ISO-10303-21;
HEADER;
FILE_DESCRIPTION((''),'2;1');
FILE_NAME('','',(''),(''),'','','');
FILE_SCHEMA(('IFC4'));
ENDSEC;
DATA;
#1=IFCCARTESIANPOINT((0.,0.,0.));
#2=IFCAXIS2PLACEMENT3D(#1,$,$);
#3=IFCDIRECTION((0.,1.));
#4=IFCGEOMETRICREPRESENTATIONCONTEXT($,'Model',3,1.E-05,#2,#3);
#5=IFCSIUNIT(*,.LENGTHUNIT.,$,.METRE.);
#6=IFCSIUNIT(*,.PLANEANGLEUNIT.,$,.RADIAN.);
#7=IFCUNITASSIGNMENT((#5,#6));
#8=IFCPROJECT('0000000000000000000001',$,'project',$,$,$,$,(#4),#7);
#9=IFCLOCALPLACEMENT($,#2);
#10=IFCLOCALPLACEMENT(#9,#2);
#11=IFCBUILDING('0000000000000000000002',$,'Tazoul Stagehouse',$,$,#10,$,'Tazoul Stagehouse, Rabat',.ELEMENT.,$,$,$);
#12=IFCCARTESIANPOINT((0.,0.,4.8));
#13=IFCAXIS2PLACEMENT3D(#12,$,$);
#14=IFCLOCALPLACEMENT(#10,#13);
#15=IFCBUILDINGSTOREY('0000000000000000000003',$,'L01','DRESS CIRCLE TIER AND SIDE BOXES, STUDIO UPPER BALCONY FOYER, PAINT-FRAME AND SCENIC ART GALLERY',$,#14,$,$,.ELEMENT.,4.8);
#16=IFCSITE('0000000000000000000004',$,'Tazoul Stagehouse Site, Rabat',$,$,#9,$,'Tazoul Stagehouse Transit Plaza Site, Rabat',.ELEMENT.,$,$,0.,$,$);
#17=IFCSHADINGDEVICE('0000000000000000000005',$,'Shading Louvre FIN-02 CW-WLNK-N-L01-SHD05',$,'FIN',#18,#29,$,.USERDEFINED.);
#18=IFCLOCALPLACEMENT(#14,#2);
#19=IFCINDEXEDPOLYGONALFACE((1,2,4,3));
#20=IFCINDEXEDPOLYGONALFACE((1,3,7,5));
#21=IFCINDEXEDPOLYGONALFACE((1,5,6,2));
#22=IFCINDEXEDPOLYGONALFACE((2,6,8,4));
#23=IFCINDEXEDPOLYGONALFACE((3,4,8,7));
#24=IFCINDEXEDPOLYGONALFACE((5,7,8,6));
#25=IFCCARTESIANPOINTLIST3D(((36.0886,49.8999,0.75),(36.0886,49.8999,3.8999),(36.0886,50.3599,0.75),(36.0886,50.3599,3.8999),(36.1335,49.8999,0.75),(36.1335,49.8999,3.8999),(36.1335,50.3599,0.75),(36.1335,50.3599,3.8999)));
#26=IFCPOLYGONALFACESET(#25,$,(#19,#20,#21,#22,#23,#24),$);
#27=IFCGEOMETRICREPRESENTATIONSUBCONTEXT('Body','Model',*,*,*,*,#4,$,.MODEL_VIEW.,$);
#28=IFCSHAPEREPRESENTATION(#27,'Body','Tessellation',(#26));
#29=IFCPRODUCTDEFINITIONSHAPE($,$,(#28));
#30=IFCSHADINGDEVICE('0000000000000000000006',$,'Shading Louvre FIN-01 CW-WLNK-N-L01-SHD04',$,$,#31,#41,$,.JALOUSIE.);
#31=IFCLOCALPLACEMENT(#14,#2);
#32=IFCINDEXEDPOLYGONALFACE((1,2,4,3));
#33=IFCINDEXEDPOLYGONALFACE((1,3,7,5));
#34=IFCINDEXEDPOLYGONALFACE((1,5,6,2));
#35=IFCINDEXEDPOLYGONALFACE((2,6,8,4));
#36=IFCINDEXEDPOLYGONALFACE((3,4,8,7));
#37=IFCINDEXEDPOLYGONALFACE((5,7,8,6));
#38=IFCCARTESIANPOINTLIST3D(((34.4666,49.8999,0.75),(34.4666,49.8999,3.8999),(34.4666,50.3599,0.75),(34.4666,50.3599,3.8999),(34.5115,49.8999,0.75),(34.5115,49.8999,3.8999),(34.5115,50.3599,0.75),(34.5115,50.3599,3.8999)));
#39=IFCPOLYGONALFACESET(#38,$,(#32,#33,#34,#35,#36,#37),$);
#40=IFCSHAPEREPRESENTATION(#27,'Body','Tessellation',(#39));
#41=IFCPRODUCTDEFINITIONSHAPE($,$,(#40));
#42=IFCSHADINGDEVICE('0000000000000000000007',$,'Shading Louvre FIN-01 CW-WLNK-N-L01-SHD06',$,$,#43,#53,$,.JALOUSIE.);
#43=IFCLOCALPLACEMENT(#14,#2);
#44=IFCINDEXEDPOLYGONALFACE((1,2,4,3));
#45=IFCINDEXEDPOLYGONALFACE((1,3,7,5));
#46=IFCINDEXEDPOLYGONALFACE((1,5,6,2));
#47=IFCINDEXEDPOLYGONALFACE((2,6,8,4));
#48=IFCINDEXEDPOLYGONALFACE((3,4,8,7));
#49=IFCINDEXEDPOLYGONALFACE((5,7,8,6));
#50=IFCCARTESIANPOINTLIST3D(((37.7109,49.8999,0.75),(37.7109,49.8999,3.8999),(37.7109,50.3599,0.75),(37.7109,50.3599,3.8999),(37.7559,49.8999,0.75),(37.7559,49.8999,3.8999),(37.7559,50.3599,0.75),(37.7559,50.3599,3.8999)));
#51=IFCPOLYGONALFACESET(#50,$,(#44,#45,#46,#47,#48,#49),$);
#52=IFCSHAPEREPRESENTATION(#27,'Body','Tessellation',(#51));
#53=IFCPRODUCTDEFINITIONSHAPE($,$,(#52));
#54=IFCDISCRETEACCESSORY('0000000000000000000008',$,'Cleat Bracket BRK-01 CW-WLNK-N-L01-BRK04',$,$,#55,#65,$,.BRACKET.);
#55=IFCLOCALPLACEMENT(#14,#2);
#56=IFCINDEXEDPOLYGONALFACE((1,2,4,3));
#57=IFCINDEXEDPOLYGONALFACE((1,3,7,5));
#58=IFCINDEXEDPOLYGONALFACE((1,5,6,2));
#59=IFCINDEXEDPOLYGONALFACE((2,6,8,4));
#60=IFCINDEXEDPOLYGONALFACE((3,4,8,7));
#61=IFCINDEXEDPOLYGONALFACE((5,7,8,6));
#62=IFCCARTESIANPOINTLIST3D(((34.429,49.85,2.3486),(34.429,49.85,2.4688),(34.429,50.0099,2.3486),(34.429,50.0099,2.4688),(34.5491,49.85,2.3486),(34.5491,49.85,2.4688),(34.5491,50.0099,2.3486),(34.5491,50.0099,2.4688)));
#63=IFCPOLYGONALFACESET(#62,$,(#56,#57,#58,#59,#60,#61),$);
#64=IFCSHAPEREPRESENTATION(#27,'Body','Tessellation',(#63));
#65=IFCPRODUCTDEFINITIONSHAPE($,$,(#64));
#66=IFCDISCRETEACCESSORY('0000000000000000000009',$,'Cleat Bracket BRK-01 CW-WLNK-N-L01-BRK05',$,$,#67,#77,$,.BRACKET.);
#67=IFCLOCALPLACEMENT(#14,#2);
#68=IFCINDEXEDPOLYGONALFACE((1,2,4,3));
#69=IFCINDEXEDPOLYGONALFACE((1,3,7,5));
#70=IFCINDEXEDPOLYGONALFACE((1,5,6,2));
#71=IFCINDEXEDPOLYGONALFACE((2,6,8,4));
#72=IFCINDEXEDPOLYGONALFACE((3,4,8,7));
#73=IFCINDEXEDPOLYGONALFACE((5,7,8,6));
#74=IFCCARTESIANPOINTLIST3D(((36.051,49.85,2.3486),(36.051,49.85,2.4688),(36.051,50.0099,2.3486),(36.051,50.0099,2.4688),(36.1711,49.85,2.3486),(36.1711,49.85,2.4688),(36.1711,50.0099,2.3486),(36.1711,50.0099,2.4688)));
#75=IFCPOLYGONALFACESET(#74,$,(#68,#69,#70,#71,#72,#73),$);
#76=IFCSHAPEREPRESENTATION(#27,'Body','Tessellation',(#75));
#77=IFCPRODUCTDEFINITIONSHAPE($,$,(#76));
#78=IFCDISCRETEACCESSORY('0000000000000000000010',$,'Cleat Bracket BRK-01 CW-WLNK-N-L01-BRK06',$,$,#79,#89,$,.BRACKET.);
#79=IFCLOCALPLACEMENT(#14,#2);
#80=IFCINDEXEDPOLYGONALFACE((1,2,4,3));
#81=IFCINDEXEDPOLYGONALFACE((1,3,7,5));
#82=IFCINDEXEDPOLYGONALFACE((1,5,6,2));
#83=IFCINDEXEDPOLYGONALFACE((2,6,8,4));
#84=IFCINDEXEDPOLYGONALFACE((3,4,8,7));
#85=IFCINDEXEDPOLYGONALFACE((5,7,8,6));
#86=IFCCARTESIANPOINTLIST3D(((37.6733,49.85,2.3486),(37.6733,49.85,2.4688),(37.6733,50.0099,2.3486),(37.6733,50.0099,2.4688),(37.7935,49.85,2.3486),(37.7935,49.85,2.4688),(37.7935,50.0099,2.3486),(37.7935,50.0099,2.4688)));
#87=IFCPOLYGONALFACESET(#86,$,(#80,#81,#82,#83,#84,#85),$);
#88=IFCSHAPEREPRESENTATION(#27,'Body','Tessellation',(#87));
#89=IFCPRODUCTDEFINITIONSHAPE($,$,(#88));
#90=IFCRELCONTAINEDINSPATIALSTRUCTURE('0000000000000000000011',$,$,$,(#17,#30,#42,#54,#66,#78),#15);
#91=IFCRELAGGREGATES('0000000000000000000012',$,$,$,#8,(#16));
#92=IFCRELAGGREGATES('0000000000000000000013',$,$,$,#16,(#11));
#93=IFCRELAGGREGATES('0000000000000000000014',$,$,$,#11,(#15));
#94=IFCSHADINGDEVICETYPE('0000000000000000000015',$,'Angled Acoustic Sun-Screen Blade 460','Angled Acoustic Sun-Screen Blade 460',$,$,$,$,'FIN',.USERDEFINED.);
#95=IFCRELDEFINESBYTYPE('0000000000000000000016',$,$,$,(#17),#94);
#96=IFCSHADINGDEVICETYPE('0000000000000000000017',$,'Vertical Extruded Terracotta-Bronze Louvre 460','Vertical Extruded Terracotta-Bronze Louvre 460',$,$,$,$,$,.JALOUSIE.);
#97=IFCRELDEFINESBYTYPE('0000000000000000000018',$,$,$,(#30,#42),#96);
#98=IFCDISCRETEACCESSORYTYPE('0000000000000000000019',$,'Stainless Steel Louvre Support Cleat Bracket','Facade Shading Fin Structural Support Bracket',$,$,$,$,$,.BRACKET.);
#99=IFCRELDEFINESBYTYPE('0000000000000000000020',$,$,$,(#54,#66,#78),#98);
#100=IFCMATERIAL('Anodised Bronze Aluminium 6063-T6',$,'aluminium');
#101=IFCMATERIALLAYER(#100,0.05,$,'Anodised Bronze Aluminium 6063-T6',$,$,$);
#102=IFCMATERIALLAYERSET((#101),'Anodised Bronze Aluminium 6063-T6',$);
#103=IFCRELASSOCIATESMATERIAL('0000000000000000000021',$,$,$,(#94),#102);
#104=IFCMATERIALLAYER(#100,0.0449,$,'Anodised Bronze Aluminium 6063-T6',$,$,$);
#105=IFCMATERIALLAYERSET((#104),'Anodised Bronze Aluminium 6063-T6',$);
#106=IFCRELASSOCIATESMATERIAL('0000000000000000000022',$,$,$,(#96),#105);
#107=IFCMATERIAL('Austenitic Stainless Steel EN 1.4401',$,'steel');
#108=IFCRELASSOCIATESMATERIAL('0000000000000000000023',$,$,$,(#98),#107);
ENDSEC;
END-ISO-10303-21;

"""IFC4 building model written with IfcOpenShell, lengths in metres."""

from ifc_helpers import new_model, si_unit, direction, frame, origin, origin_2d, place, context, subcontext, project, spatial, rectangle, extrude, material, layer, layer_set, type_object, element, save


model = new_model("IFC4")

# Units and contexts
model_context = context("Model", 3, precision=1e-05, world=origin(), true_north=direction((0.0, 1.0)))
body_context = subcontext(model_context, "Body", "Model", "MODEL_VIEW")
ifc_project = project(units=[si_unit("LENGTHUNIT", "METRE"), si_unit("PLANEANGLEUNIT", "RADIAN")], contexts=[model_context])

# Shared definitions
ifc_material_1 = material(Name="Anodised Bronze Aluminium 6063-T6", Category="aluminium")
site_placement = place(None, origin())
building_placement = place(site_placement, origin())
storey_placement = place(building_placement, frame((0.0, 0.0, 4.8)))

# Site, building, storey
site = spatial("IfcSite", under=ifc_project, at=site_placement, Name="Tazoul Stagehouse Site, Rabat", LongName="Tazoul Stagehouse Transit Plaza Site, Rabat", CompositionType="ELEMENT", RefElevation=0.0)
building = spatial("IfcBuilding", under=site, at=building_placement, Name="Tazoul Stagehouse", LongName="Tazoul Stagehouse, Rabat", CompositionType="ELEMENT")
storey = spatial("IfcBuildingStorey", under=building, at=storey_placement, Name="L01", Description="DRESS CIRCLE TIER AND SIDE BOXES, STUDIO UPPER BALCONY FOYER, PAINT-FRAME AND SCENIC ART GALLERY", CompositionType="ELEMENT", Elevation=4.8)

# Shading devices
ifc_layer_1 = layer(ifc_material_1, 0.05, Name="Anodised Bronze Aluminium 6063-T6")
ifc_layer_set_1 = layer_set([ifc_layer_1], Name="Anodised Bronze Aluminium 6063-T6")
shading_device_type_1 = type_object("IfcShadingDeviceType", Name="Angled Acoustic Sun-Screen Blade 460", Description="Angled Acoustic Sun-Screen Blade 460", ElementType="FIN", PredefinedType="USERDEFINED", material=ifc_layer_set_1)
shading_device_placement = place(storey_placement, frame((36.1111, 50.1299, 0.75), z_axis=(0.0, 0.0, 1.0), x_axis=(1.0, 0.0, 0.0)))
element("IfcShadingDevice", 1, at=shading_device_placement, inside=storey, type_object=shading_device_type_1, Name="Shading Louvre FIN-02 CW-WLNK-N-L01-SHD05", ObjectType="FIN", PredefinedType="USERDEFINED", context=body_context, shape_type="SweptSolid", body=[
    extrude(rectangle(XDim=0.0449, YDim=0.46, at=origin_2d()), origin(), (0.0, 0.0, 1.0), 3.1499),
])
ifc_layer_2 = layer(ifc_material_1, 0.0449, Name="Anodised Bronze Aluminium 6063-T6")
ifc_layer_set_2 = layer_set([ifc_layer_2], Name="Anodised Bronze Aluminium 6063-T6")
shading_device_type_2 = type_object("IfcShadingDeviceType", Name="Vertical Extruded Terracotta-Bronze Louvre 460", Description="Vertical Extruded Terracotta-Bronze Louvre 460", PredefinedType="JALOUSIE", material=ifc_layer_set_2)
for number, where, z_axis, x_axis, name in (
    (2, (34.489, 50.1299, 0.75), (0.0, 0.0, 1.0), (1.0, 0.0, 0.0), "Shading Louvre FIN-01 CW-WLNK-N-L01-SHD04"),
    (3, (37.7334, 50.1299, 0.75), (0.0, 0.0, 1.0), (1.0, 0.0, 0.0), "Shading Louvre FIN-01 CW-WLNK-N-L01-SHD06"),
):
    element("IfcShadingDevice", number, at=place(storey_placement, frame(where, z_axis=z_axis, x_axis=x_axis)), inside=storey, type_object=shading_device_type_2, Name=name, PredefinedType="JALOUSIE", context=body_context, shape_type="SweptSolid", body=[
        extrude(rectangle(XDim=0.0449, YDim=0.46, at=origin_2d()), origin(), (0.0, 0.0, 1.0), 3.1499),
    ])

# Discrete accessories
ifc_material_2 = material(Name="Austenitic Stainless Steel EN 1.4401", Category="steel")
discrete_accessory_type = type_object("IfcDiscreteAccessoryType", Name="Stainless Steel Louvre Support Cleat Bracket", Description="Facade Shading Fin Structural Support Bracket", PredefinedType="BRACKET", material=ifc_material_2)
for number, where, z_axis, x_axis, name in (
    (4, (34.489, 49.9299, 2.3486), (0.0, 0.0, 1.0), (1.0, 0.0, 0.0), "Cleat Bracket BRK-01 CW-WLNK-N-L01-BRK04"),
    (5, (36.1111, 49.9299, 2.3486), (0.0, 0.0, 1.0), (1.0, 0.0, 0.0), "Cleat Bracket BRK-01 CW-WLNK-N-L01-BRK05"),
    (6, (37.7334, 49.9299, 2.3486), (0.0, 0.0, 1.0), (1.0, 0.0, 0.0), "Cleat Bracket BRK-01 CW-WLNK-N-L01-BRK06"),
):
    element("IfcDiscreteAccessory", number, at=place(storey_placement, frame(where, z_axis=z_axis, x_axis=x_axis)), inside=storey, type_object=discrete_accessory_type, Name=name, PredefinedType="BRACKET", context=body_context, shape_type="SweptSolid", body=[
        extrude(rectangle(XDim=0.1201, YDim=0.1599, at=origin_2d()), origin(), (0.0, 0.0, 1.0), 0.1201),
    ])

save(model, "model.ifc")
